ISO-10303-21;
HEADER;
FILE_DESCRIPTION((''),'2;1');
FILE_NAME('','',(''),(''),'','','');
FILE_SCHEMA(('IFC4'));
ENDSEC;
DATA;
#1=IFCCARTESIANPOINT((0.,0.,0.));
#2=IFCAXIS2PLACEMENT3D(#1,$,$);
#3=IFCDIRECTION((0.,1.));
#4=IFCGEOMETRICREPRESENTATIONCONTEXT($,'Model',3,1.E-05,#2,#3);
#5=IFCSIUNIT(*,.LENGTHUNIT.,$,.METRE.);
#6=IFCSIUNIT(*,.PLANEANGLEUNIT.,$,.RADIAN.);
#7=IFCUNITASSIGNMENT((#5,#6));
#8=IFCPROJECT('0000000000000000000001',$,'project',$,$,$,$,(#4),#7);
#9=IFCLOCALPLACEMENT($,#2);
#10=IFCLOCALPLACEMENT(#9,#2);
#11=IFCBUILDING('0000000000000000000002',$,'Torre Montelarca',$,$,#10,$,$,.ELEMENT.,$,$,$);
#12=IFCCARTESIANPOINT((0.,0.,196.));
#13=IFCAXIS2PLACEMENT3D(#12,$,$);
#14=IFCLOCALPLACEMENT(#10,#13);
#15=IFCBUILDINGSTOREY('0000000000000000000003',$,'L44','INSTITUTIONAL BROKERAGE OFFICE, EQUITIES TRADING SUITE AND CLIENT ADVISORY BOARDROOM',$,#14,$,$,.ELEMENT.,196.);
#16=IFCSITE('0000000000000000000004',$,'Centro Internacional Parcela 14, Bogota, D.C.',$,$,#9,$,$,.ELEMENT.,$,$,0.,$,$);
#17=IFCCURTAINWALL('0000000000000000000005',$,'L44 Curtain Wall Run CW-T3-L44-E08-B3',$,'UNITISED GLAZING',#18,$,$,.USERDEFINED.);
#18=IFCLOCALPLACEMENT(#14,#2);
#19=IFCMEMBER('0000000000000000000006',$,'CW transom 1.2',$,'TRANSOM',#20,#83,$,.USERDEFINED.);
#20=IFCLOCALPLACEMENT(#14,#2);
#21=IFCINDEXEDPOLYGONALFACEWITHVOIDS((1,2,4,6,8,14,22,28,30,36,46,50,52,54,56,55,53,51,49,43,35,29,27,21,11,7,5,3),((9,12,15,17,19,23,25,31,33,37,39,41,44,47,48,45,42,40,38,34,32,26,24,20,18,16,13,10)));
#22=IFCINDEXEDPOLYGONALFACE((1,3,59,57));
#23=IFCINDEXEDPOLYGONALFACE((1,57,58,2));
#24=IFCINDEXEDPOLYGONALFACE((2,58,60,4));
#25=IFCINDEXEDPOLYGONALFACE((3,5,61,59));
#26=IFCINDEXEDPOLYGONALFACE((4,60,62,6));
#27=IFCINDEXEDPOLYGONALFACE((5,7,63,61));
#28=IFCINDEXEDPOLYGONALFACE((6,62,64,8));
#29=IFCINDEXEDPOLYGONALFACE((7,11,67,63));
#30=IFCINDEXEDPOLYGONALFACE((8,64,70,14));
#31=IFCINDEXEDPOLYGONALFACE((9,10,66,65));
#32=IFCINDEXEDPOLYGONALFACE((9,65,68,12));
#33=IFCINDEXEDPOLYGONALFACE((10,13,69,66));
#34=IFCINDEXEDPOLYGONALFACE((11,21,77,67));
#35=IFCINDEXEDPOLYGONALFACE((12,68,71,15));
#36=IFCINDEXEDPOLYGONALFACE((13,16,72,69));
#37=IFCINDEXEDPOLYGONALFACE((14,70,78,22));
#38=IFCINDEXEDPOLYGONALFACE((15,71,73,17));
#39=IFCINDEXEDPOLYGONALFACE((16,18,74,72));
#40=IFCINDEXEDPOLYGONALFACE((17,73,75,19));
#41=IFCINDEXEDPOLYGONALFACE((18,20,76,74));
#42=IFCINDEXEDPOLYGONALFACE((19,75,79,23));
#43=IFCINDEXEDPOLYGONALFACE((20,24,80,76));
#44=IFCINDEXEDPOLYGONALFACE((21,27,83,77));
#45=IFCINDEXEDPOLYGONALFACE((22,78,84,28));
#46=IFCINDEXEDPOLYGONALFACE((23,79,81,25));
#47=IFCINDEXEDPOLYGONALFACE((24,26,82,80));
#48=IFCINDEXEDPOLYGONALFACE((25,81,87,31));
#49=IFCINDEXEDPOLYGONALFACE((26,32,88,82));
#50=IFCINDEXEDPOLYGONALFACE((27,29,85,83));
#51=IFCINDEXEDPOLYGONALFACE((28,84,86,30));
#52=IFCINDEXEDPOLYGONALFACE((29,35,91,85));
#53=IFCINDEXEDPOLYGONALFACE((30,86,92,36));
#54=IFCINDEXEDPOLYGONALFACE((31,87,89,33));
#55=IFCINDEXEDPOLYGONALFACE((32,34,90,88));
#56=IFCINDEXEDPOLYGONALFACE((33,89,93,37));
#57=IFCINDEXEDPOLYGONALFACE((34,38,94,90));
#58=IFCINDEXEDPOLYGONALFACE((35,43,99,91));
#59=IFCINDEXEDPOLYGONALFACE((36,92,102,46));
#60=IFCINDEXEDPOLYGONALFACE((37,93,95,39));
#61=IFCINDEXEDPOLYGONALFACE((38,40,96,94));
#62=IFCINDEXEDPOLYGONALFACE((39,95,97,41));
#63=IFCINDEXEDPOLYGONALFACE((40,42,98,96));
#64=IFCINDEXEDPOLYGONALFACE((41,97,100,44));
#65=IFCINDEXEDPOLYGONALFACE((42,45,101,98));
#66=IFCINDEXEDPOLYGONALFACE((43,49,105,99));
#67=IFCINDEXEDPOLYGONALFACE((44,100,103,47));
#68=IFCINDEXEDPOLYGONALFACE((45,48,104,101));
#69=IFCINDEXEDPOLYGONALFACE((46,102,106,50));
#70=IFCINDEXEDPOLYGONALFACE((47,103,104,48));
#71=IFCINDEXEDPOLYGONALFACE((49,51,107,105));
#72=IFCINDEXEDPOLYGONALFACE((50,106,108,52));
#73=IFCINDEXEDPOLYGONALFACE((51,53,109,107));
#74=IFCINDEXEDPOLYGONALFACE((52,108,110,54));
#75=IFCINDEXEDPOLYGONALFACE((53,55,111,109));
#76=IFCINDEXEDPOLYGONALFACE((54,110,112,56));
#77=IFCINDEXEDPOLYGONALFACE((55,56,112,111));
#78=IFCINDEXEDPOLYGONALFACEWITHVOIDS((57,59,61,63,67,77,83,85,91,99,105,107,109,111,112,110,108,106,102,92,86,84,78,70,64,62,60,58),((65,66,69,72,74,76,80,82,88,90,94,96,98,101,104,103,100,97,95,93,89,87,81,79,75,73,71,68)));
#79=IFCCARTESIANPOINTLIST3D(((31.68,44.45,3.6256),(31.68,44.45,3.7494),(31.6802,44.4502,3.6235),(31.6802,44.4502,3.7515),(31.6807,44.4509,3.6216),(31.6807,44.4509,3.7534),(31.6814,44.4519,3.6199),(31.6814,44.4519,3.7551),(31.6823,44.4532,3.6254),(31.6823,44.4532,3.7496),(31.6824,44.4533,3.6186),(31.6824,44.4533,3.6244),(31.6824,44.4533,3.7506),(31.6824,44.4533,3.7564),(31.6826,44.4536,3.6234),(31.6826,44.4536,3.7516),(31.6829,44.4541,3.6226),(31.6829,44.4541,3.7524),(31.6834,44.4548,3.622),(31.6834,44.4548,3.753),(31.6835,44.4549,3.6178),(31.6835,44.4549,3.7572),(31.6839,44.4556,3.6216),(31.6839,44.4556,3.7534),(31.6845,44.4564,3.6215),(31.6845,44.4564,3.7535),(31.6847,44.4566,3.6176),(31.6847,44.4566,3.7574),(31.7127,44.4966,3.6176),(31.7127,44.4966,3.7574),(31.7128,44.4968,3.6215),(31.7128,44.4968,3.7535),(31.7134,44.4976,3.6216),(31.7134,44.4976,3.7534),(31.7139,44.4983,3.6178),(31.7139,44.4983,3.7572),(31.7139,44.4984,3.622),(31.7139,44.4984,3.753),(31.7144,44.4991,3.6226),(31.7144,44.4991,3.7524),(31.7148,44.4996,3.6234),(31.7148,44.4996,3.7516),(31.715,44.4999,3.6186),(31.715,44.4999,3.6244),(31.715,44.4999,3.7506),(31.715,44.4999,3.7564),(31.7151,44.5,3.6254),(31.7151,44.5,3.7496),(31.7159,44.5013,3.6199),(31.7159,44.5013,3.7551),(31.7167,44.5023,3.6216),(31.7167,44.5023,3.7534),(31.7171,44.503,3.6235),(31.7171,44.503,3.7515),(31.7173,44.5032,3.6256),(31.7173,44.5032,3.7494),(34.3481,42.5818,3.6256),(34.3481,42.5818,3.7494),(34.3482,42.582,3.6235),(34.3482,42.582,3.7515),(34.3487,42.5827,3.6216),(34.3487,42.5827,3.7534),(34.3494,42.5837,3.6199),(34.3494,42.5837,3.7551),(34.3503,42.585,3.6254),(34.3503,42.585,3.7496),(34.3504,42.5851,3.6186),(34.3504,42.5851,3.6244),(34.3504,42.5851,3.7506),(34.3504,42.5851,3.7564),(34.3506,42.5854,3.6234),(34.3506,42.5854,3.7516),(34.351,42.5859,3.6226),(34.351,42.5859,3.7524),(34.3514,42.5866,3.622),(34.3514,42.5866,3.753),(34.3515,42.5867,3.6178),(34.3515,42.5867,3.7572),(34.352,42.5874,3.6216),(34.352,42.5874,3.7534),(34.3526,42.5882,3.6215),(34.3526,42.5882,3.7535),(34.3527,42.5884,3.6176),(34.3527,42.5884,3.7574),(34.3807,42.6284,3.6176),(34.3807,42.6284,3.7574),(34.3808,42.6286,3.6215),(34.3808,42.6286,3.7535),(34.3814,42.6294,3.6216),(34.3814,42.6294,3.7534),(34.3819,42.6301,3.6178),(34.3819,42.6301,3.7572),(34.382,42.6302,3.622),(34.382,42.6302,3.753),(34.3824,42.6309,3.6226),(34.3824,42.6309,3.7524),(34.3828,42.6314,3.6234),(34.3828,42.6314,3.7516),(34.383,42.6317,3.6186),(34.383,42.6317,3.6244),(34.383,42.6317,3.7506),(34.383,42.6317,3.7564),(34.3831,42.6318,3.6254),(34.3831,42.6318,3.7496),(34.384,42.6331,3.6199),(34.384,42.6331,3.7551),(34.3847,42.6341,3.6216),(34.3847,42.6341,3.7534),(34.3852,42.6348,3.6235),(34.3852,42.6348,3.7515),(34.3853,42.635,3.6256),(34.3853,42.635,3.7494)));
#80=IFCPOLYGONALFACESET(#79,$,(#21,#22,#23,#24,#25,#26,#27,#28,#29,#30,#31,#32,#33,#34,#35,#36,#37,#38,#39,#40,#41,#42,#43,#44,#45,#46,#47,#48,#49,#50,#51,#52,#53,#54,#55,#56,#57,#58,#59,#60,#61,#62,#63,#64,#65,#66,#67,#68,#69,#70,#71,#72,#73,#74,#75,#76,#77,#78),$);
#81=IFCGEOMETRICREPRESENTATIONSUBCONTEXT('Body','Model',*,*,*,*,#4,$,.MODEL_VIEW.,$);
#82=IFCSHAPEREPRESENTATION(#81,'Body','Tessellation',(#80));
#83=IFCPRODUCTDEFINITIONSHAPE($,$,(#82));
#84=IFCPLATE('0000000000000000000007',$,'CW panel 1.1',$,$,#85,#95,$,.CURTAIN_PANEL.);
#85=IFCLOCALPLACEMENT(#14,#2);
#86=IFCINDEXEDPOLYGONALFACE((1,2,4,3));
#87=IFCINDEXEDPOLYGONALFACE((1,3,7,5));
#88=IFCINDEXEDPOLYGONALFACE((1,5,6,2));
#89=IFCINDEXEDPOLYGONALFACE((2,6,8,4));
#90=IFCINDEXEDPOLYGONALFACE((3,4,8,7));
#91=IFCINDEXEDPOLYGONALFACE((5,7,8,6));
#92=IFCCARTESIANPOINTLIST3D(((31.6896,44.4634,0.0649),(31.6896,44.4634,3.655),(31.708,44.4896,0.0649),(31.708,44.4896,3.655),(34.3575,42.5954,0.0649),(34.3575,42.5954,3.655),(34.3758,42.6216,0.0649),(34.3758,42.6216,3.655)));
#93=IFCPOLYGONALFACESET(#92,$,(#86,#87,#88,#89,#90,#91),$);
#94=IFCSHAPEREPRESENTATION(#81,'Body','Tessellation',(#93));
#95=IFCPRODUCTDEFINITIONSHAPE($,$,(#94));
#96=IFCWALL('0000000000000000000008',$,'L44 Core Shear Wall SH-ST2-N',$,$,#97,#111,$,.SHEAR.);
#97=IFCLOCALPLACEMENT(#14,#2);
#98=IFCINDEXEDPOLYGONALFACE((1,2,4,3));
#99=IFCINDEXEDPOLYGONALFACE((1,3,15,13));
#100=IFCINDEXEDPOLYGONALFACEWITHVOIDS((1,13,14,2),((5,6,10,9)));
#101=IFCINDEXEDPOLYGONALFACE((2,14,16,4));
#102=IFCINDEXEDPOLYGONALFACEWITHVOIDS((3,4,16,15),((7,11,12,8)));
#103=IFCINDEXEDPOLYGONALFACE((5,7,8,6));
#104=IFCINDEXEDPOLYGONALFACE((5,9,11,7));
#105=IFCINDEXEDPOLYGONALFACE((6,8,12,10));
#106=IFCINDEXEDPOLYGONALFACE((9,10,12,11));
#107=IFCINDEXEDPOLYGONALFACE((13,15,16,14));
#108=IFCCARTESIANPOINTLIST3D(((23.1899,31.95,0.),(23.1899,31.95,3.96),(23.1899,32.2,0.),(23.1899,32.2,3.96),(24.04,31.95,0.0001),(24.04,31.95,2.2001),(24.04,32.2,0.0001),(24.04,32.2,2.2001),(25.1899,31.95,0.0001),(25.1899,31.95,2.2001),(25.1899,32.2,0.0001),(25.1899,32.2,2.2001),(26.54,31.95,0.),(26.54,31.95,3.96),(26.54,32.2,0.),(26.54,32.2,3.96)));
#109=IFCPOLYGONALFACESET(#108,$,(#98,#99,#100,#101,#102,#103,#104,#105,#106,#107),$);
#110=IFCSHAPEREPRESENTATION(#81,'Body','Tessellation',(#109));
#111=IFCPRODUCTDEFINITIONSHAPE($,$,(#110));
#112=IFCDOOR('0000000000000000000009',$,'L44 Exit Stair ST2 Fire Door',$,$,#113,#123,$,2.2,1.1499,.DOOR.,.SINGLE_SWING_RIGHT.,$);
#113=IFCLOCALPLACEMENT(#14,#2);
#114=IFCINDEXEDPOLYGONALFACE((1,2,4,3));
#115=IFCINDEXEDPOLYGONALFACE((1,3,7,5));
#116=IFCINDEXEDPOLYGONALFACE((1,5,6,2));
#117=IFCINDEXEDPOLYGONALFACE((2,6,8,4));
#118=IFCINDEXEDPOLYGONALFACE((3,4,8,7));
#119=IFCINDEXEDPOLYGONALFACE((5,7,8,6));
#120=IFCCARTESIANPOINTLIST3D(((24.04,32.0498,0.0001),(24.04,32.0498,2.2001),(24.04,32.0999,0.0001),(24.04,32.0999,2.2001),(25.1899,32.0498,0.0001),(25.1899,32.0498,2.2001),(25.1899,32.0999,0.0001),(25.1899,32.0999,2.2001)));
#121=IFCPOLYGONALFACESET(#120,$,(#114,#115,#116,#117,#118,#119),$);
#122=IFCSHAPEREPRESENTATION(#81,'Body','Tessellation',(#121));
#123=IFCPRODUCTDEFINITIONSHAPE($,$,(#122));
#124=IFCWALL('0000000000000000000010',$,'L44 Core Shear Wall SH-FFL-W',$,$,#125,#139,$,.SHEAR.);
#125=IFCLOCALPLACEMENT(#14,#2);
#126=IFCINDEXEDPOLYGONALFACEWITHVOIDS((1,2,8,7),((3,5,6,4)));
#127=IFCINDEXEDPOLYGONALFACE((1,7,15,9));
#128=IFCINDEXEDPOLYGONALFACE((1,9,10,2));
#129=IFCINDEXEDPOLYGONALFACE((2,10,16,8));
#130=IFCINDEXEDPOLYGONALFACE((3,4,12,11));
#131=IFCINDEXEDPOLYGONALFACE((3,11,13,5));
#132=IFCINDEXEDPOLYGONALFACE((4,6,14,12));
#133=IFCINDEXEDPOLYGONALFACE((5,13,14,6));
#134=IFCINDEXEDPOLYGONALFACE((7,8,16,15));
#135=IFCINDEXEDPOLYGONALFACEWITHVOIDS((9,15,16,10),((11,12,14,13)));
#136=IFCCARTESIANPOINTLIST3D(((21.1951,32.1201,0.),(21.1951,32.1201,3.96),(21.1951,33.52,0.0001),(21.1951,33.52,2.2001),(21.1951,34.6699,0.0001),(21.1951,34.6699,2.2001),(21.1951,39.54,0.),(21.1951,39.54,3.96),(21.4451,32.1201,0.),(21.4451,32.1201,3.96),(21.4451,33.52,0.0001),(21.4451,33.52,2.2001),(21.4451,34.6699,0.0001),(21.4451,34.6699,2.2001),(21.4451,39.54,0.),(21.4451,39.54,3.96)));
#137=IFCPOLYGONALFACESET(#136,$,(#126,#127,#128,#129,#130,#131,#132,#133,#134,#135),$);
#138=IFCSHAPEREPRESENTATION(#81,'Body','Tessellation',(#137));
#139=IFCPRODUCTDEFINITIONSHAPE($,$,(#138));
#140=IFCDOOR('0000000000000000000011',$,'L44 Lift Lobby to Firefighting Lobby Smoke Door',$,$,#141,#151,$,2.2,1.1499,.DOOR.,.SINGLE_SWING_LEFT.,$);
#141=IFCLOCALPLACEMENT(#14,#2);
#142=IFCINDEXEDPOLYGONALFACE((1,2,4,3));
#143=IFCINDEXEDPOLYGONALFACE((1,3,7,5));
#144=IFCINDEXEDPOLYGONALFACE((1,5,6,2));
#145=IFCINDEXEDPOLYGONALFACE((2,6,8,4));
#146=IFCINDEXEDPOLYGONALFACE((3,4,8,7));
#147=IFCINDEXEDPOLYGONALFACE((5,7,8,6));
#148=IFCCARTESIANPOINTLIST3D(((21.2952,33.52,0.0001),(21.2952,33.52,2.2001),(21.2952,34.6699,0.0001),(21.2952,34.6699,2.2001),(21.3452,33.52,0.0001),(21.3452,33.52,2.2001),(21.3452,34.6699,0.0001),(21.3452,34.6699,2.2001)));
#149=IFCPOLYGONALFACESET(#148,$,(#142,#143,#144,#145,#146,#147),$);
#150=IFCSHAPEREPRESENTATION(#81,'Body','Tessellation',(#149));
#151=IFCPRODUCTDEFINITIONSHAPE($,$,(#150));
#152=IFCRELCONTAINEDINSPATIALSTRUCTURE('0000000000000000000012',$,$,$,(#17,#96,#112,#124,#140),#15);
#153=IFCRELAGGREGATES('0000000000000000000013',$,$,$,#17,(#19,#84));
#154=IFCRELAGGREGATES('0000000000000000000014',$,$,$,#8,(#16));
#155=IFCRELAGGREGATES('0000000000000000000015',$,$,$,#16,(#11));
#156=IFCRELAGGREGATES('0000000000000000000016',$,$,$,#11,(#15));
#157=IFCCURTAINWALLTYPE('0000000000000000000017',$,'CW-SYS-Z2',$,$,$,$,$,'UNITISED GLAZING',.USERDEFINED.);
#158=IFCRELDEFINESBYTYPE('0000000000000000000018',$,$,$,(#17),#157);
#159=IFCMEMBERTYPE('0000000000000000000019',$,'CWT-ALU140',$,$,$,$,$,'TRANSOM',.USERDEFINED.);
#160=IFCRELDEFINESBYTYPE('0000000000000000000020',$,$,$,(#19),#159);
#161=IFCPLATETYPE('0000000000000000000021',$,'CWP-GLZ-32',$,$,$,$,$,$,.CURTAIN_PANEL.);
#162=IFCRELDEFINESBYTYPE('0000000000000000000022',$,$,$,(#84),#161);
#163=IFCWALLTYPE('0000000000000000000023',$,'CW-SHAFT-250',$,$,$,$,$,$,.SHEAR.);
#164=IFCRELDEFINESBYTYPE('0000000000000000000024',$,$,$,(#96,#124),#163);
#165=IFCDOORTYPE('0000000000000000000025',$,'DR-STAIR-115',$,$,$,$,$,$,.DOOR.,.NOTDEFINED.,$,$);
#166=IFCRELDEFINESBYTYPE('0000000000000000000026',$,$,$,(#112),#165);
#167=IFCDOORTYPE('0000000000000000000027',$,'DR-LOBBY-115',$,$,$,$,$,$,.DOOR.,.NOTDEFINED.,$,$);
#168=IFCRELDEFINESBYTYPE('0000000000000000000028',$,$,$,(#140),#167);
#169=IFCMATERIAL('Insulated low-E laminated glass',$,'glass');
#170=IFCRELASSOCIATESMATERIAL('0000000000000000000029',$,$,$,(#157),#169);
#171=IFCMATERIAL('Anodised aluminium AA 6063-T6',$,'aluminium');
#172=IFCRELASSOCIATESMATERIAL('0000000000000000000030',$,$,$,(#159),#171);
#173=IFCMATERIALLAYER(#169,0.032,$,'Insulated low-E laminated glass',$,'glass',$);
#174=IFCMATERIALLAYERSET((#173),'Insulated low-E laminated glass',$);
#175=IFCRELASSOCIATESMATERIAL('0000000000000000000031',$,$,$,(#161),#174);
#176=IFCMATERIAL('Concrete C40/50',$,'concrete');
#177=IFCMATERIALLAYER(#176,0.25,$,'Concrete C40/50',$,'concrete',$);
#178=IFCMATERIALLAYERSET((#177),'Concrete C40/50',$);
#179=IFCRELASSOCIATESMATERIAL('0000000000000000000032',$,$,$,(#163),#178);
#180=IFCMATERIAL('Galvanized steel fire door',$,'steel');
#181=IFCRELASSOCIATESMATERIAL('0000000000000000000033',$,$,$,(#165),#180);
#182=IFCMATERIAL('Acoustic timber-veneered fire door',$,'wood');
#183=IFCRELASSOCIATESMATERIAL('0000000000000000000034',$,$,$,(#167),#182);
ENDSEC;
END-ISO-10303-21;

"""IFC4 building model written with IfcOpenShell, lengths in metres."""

from ifc_helpers import new_model, si_unit, direction, frame, frame_2d, origin, origin_2d, place, context, subcontext, project, spatial, rectangle, hollow_rectangle, extrude, source, transform, mapped, material, layer, layer_set, material_profile, profile_set, type_object, element, fill, aggregate, save


model = new_model("IFC4")

# Units and contexts
model_context = context("Model", 3, precision=1e-05, world=origin(), true_north=direction((0.0, 1.0)))
body_context = subcontext(model_context, "Body", "Model", "MODEL_VIEW")
ifc_project = project(units=[si_unit("LENGTHUNIT", "METRE"), si_unit("PLANEANGLEUNIT", "RADIAN")], contexts=[model_context])

# Site, building, storey
site_placement = place(None, origin())
site = spatial("IfcSite", under=ifc_project, at=site_placement, Name="Centro Internacional Parcela 14, Bogota, D.C.", CompositionType="ELEMENT", RefElevation=0.0)
building_placement = place(site_placement, origin())
building = spatial("IfcBuilding", under=site, at=building_placement, Name="Torre Montelarca", CompositionType="ELEMENT")
storey_placement = place(building_placement, frame((0.0, 0.0, 196.0)))
storey = spatial("IfcBuildingStorey", under=building, at=storey_placement, Name="L44", Description="INSTITUTIONAL BROKERAGE OFFICE, EQUITIES TRADING SUITE AND CLIENT ADVISORY BOARDROOM", CompositionType="ELEMENT", Elevation=196.0)

# Curtain wall, member, plate
ifc_material_1 = material(Name="Insulated low-E laminated glass", Category="glass")
curtain_wall_type = type_object("IfcCurtainWallType", Name="CW-SYS-Z2", ElementType="UNITISED GLAZING", PredefinedType="USERDEFINED", material=ifc_material_1)
curtain_wall_placement = place(storey_placement, origin())
curtain_wall = element("IfcCurtainWall", 1, at=curtain_wall_placement, inside=storey, type_object=curtain_wall_type, Name="L44 Curtain Wall Run CW-T3-L44-E08-B3", ObjectType="UNITISED GLAZING", PredefinedType="USERDEFINED")
ifc_material_2 = material(Name="Anodised aluminium AA 6063-T6", Category="aluminium")
ifc_material_profile_1 = material_profile(ifc_material_2, hollow_rectangle(XDim=0.0649, YDim=0.1399, WallThickness=0.0039, InnerFilletRadius=0.0039, OuterFilletRadius=0.0081, at=origin_2d()), Name="ALU65X140X4", Category="aluminium")
ifc_profile_set_1 = profile_set([ifc_material_profile_1], Name="Anodised aluminium AA 6063-T6")
member_type_1 = type_object("IfcMemberType", Name="CWT-ALU140", ElementType="TRANSOM", PredefinedType="USERDEFINED", material=ifc_profile_set_1)
shared_shape_1 = source(origin(), body_context, "Body", "SweptSolid", [
    extrude(hollow_rectangle(XDim=0.0649, YDim=0.1399, WallThickness=0.0039, InnerFilletRadius=0.0039, OuterFilletRadius=0.0081, at=origin_2d()), origin(), (0.0, 0.0, 1.0), 3.2571),
])
member_1_placement = place(storey_placement, frame((34.3667, 42.6084, 3.6875), z_axis=(-0.819147, 0.573583, 0.0), x_axis=(-0.573583, -0.819147, 0.0)))
member_1 = element("IfcMember", 2, at=member_1_placement, type_object=member_type_1, Name="CW transom 1.2", ObjectType="TRANSOM", PredefinedType="USERDEFINED", context=body_context, shape_type="MappedRepresentation", body=[
    mapped(shared_shape_1, transform((0.0, 0.0, 0.0), scale=1.0)),
])
ifc_layer_1 = layer(ifc_material_1, 0.032, Name="Insulated low-E laminated glass", Category="glass")
ifc_layer_set_1 = layer_set([ifc_layer_1], Name="Insulated low-E laminated glass")
plate_type = type_object("IfcPlateType", Name="CWP-GLZ-32", PredefinedType="CURTAIN_PANEL", material=ifc_layer_set_1)
shared_shape_2 = source(origin(), body_context, "Body", "SweptSolid", [
    extrude(rectangle(XDim=3.2568, YDim=0.032, at=origin_2d()), origin(), (0.0, 0.0, 1.0), 3.5901),
])
plate_placement = place(storey_placement, frame((33.0327, 43.5425, 0.0649), z_axis=(0.0, 0.0, 1.0), x_axis=(-0.819153, 0.573574, 0.0)))
plate = element("IfcPlate", 3, at=plate_placement, type_object=plate_type, Name="CW panel 1.1", PredefinedType="CURTAIN_PANEL", context=body_context, shape_type="MappedRepresentation", body=[
    mapped(shared_shape_2, transform((0.0, 0.0, 0.0), scale=1.0)),
])
aggregate(curtain_wall, [member_1, plate])

# Walls, openings, doors
ifc_material_3 = material(Name="Concrete C40/50", Category="concrete")
ifc_layer_2 = layer(ifc_material_3, 0.25, Name="Concrete C40/50", Category="concrete")
ifc_layer_set_2 = layer_set([ifc_layer_2], Name="Concrete C40/50")
wall_type_1 = type_object("IfcWallType", Name="CW-SHAFT-250", PredefinedType="SHEAR", material=ifc_layer_set_2)
wall_1_placement = place(storey_placement, frame((23.1899, 32.075, 0.0), z_axis=(0.0, 0.0, 1.0), x_axis=(1.0, 0.0, 0.0)))
wall_1 = element("IfcWall", 4, at=wall_1_placement, inside=storey, type_object=wall_type_1, Name="L44 Core Shear Wall SH-ST2-N", PredefinedType="SHEAR", context=body_context, shape_type="SweptSolid", body=[
    extrude(rectangle(XDim=3.3501, YDim=0.25, at=frame_2d((1.675, 0.0))), origin(), (0.0, 0.0, 1.0), 3.96),
])
opening_1_placement = place(wall_1_placement, frame((0.8501, 0.0, 0.0)))
opening_1 = element("IfcOpeningElement", 5, at=opening_1_placement, cuts=wall_1, PredefinedType="OPENING", context=body_context, shape_type="SweptSolid", body=[
    extrude(rectangle(XDim=1.1499, YDim=2.2, at=frame_2d((0.575, 1.1001))), frame((0.0, 0.135, 0.0), z_axis=(0.0, -1.0, 0.0), x_axis=(1.0, 0.0, 0.0)), (0.0, 0.0, 1.0), 0.27),
])
ifc_material_4 = material(Name="Galvanized steel fire door", Category="steel")
door_type_1 = type_object("IfcDoorType", Name="DR-STAIR-115", OperationType="NOTDEFINED", PredefinedType="DOOR", material=ifc_material_4)
shared_shape_3 = source(origin(), body_context, "Body", "SweptSolid", [
    extrude(rectangle(XDim=1.1499, YDim=2.2, at=frame_2d((0.575, 1.1001))), frame((0.0, 0.0249, 0.0), z_axis=(0.0, -1.0, 0.0), x_axis=(1.0, 0.0, 0.0)), (0.0, 0.0, 1.0), 0.05),
])
door_1_placement = place(opening_1_placement, origin())
door_1 = element("IfcDoor", 6, at=door_1_placement, inside=storey, type_object=door_type_1, Name="L44 Exit Stair ST2 Fire Door", OperationType="SINGLE_SWING_RIGHT", OverallHeight=2.2, OverallWidth=1.1499, PredefinedType="DOOR", context=body_context, shape_type="MappedRepresentation", body=[
    mapped(shared_shape_3, transform((0.0, 0.0, 0.0), scale=1.0)),
])
fill(opening_1, door_1)
wall_2_placement = place(storey_placement, frame((21.3201, 32.1201, 0.0), z_axis=(0.0, 0.0, 1.0), x_axis=(0.0, 1.0, 0.0)))
wall_2 = element("IfcWall", 7, at=wall_2_placement, inside=storey, type_object=wall_type_1, Name="L44 Core Shear Wall SH-FFL-W", PredefinedType="SHEAR", context=body_context, shape_type="SweptSolid", body=[
    extrude(rectangle(XDim=7.4199, YDim=0.25, at=frame_2d((3.71, 0.0))), origin(), (0.0, 0.0, 1.0), 3.96),
])
opening_2_placement = place(wall_2_placement, frame((1.3999, 0.0, 0.0)))
opening_2 = element("IfcOpeningElement", 8, at=opening_2_placement, cuts=wall_2, PredefinedType="OPENING", context=body_context, shape_type="SweptSolid", body=[
    extrude(rectangle(XDim=1.1499, YDim=2.2, at=frame_2d((0.575, 1.1001))), frame((0.0, 0.135, 0.0), z_axis=(0.0, -1.0, 0.0), x_axis=(1.0, 0.0, 0.0)), (0.0, 0.0, 1.0), 0.27),
])
ifc_material_5 = material(Name="Acoustic timber-veneered fire door", Category="wood")
door_type_2 = type_object("IfcDoorType", Name="DR-LOBBY-115", OperationType="NOTDEFINED", PredefinedType="DOOR", material=ifc_material_5)
shared_shape_4 = source(origin(), body_context, "Body", "SweptSolid", [
    extrude(rectangle(XDim=1.1499, YDim=2.2, at=frame_2d((0.575, 1.1001))), frame((0.0, 0.0249, 0.0), z_axis=(0.0, -1.0, 0.0), x_axis=(1.0, 0.0, 0.0)), (0.0, 0.0, 1.0), 0.05),
])
door_2_placement = place(opening_2_placement, origin())
door_2 = element("IfcDoor", 9, at=door_2_placement, inside=storey, type_object=door_type_2, Name="L44 Lift Lobby to Firefighting Lobby Smoke Door", OperationType="SINGLE_SWING_LEFT", OverallHeight=2.2, OverallWidth=1.1499, PredefinedType="DOOR", context=body_context, shape_type="MappedRepresentation", body=[
    mapped(shared_shape_4, transform((0.0, 0.0, 0.0), scale=1.0)),
])
fill(opening_2, door_2)

save(model, "model.ifc")
